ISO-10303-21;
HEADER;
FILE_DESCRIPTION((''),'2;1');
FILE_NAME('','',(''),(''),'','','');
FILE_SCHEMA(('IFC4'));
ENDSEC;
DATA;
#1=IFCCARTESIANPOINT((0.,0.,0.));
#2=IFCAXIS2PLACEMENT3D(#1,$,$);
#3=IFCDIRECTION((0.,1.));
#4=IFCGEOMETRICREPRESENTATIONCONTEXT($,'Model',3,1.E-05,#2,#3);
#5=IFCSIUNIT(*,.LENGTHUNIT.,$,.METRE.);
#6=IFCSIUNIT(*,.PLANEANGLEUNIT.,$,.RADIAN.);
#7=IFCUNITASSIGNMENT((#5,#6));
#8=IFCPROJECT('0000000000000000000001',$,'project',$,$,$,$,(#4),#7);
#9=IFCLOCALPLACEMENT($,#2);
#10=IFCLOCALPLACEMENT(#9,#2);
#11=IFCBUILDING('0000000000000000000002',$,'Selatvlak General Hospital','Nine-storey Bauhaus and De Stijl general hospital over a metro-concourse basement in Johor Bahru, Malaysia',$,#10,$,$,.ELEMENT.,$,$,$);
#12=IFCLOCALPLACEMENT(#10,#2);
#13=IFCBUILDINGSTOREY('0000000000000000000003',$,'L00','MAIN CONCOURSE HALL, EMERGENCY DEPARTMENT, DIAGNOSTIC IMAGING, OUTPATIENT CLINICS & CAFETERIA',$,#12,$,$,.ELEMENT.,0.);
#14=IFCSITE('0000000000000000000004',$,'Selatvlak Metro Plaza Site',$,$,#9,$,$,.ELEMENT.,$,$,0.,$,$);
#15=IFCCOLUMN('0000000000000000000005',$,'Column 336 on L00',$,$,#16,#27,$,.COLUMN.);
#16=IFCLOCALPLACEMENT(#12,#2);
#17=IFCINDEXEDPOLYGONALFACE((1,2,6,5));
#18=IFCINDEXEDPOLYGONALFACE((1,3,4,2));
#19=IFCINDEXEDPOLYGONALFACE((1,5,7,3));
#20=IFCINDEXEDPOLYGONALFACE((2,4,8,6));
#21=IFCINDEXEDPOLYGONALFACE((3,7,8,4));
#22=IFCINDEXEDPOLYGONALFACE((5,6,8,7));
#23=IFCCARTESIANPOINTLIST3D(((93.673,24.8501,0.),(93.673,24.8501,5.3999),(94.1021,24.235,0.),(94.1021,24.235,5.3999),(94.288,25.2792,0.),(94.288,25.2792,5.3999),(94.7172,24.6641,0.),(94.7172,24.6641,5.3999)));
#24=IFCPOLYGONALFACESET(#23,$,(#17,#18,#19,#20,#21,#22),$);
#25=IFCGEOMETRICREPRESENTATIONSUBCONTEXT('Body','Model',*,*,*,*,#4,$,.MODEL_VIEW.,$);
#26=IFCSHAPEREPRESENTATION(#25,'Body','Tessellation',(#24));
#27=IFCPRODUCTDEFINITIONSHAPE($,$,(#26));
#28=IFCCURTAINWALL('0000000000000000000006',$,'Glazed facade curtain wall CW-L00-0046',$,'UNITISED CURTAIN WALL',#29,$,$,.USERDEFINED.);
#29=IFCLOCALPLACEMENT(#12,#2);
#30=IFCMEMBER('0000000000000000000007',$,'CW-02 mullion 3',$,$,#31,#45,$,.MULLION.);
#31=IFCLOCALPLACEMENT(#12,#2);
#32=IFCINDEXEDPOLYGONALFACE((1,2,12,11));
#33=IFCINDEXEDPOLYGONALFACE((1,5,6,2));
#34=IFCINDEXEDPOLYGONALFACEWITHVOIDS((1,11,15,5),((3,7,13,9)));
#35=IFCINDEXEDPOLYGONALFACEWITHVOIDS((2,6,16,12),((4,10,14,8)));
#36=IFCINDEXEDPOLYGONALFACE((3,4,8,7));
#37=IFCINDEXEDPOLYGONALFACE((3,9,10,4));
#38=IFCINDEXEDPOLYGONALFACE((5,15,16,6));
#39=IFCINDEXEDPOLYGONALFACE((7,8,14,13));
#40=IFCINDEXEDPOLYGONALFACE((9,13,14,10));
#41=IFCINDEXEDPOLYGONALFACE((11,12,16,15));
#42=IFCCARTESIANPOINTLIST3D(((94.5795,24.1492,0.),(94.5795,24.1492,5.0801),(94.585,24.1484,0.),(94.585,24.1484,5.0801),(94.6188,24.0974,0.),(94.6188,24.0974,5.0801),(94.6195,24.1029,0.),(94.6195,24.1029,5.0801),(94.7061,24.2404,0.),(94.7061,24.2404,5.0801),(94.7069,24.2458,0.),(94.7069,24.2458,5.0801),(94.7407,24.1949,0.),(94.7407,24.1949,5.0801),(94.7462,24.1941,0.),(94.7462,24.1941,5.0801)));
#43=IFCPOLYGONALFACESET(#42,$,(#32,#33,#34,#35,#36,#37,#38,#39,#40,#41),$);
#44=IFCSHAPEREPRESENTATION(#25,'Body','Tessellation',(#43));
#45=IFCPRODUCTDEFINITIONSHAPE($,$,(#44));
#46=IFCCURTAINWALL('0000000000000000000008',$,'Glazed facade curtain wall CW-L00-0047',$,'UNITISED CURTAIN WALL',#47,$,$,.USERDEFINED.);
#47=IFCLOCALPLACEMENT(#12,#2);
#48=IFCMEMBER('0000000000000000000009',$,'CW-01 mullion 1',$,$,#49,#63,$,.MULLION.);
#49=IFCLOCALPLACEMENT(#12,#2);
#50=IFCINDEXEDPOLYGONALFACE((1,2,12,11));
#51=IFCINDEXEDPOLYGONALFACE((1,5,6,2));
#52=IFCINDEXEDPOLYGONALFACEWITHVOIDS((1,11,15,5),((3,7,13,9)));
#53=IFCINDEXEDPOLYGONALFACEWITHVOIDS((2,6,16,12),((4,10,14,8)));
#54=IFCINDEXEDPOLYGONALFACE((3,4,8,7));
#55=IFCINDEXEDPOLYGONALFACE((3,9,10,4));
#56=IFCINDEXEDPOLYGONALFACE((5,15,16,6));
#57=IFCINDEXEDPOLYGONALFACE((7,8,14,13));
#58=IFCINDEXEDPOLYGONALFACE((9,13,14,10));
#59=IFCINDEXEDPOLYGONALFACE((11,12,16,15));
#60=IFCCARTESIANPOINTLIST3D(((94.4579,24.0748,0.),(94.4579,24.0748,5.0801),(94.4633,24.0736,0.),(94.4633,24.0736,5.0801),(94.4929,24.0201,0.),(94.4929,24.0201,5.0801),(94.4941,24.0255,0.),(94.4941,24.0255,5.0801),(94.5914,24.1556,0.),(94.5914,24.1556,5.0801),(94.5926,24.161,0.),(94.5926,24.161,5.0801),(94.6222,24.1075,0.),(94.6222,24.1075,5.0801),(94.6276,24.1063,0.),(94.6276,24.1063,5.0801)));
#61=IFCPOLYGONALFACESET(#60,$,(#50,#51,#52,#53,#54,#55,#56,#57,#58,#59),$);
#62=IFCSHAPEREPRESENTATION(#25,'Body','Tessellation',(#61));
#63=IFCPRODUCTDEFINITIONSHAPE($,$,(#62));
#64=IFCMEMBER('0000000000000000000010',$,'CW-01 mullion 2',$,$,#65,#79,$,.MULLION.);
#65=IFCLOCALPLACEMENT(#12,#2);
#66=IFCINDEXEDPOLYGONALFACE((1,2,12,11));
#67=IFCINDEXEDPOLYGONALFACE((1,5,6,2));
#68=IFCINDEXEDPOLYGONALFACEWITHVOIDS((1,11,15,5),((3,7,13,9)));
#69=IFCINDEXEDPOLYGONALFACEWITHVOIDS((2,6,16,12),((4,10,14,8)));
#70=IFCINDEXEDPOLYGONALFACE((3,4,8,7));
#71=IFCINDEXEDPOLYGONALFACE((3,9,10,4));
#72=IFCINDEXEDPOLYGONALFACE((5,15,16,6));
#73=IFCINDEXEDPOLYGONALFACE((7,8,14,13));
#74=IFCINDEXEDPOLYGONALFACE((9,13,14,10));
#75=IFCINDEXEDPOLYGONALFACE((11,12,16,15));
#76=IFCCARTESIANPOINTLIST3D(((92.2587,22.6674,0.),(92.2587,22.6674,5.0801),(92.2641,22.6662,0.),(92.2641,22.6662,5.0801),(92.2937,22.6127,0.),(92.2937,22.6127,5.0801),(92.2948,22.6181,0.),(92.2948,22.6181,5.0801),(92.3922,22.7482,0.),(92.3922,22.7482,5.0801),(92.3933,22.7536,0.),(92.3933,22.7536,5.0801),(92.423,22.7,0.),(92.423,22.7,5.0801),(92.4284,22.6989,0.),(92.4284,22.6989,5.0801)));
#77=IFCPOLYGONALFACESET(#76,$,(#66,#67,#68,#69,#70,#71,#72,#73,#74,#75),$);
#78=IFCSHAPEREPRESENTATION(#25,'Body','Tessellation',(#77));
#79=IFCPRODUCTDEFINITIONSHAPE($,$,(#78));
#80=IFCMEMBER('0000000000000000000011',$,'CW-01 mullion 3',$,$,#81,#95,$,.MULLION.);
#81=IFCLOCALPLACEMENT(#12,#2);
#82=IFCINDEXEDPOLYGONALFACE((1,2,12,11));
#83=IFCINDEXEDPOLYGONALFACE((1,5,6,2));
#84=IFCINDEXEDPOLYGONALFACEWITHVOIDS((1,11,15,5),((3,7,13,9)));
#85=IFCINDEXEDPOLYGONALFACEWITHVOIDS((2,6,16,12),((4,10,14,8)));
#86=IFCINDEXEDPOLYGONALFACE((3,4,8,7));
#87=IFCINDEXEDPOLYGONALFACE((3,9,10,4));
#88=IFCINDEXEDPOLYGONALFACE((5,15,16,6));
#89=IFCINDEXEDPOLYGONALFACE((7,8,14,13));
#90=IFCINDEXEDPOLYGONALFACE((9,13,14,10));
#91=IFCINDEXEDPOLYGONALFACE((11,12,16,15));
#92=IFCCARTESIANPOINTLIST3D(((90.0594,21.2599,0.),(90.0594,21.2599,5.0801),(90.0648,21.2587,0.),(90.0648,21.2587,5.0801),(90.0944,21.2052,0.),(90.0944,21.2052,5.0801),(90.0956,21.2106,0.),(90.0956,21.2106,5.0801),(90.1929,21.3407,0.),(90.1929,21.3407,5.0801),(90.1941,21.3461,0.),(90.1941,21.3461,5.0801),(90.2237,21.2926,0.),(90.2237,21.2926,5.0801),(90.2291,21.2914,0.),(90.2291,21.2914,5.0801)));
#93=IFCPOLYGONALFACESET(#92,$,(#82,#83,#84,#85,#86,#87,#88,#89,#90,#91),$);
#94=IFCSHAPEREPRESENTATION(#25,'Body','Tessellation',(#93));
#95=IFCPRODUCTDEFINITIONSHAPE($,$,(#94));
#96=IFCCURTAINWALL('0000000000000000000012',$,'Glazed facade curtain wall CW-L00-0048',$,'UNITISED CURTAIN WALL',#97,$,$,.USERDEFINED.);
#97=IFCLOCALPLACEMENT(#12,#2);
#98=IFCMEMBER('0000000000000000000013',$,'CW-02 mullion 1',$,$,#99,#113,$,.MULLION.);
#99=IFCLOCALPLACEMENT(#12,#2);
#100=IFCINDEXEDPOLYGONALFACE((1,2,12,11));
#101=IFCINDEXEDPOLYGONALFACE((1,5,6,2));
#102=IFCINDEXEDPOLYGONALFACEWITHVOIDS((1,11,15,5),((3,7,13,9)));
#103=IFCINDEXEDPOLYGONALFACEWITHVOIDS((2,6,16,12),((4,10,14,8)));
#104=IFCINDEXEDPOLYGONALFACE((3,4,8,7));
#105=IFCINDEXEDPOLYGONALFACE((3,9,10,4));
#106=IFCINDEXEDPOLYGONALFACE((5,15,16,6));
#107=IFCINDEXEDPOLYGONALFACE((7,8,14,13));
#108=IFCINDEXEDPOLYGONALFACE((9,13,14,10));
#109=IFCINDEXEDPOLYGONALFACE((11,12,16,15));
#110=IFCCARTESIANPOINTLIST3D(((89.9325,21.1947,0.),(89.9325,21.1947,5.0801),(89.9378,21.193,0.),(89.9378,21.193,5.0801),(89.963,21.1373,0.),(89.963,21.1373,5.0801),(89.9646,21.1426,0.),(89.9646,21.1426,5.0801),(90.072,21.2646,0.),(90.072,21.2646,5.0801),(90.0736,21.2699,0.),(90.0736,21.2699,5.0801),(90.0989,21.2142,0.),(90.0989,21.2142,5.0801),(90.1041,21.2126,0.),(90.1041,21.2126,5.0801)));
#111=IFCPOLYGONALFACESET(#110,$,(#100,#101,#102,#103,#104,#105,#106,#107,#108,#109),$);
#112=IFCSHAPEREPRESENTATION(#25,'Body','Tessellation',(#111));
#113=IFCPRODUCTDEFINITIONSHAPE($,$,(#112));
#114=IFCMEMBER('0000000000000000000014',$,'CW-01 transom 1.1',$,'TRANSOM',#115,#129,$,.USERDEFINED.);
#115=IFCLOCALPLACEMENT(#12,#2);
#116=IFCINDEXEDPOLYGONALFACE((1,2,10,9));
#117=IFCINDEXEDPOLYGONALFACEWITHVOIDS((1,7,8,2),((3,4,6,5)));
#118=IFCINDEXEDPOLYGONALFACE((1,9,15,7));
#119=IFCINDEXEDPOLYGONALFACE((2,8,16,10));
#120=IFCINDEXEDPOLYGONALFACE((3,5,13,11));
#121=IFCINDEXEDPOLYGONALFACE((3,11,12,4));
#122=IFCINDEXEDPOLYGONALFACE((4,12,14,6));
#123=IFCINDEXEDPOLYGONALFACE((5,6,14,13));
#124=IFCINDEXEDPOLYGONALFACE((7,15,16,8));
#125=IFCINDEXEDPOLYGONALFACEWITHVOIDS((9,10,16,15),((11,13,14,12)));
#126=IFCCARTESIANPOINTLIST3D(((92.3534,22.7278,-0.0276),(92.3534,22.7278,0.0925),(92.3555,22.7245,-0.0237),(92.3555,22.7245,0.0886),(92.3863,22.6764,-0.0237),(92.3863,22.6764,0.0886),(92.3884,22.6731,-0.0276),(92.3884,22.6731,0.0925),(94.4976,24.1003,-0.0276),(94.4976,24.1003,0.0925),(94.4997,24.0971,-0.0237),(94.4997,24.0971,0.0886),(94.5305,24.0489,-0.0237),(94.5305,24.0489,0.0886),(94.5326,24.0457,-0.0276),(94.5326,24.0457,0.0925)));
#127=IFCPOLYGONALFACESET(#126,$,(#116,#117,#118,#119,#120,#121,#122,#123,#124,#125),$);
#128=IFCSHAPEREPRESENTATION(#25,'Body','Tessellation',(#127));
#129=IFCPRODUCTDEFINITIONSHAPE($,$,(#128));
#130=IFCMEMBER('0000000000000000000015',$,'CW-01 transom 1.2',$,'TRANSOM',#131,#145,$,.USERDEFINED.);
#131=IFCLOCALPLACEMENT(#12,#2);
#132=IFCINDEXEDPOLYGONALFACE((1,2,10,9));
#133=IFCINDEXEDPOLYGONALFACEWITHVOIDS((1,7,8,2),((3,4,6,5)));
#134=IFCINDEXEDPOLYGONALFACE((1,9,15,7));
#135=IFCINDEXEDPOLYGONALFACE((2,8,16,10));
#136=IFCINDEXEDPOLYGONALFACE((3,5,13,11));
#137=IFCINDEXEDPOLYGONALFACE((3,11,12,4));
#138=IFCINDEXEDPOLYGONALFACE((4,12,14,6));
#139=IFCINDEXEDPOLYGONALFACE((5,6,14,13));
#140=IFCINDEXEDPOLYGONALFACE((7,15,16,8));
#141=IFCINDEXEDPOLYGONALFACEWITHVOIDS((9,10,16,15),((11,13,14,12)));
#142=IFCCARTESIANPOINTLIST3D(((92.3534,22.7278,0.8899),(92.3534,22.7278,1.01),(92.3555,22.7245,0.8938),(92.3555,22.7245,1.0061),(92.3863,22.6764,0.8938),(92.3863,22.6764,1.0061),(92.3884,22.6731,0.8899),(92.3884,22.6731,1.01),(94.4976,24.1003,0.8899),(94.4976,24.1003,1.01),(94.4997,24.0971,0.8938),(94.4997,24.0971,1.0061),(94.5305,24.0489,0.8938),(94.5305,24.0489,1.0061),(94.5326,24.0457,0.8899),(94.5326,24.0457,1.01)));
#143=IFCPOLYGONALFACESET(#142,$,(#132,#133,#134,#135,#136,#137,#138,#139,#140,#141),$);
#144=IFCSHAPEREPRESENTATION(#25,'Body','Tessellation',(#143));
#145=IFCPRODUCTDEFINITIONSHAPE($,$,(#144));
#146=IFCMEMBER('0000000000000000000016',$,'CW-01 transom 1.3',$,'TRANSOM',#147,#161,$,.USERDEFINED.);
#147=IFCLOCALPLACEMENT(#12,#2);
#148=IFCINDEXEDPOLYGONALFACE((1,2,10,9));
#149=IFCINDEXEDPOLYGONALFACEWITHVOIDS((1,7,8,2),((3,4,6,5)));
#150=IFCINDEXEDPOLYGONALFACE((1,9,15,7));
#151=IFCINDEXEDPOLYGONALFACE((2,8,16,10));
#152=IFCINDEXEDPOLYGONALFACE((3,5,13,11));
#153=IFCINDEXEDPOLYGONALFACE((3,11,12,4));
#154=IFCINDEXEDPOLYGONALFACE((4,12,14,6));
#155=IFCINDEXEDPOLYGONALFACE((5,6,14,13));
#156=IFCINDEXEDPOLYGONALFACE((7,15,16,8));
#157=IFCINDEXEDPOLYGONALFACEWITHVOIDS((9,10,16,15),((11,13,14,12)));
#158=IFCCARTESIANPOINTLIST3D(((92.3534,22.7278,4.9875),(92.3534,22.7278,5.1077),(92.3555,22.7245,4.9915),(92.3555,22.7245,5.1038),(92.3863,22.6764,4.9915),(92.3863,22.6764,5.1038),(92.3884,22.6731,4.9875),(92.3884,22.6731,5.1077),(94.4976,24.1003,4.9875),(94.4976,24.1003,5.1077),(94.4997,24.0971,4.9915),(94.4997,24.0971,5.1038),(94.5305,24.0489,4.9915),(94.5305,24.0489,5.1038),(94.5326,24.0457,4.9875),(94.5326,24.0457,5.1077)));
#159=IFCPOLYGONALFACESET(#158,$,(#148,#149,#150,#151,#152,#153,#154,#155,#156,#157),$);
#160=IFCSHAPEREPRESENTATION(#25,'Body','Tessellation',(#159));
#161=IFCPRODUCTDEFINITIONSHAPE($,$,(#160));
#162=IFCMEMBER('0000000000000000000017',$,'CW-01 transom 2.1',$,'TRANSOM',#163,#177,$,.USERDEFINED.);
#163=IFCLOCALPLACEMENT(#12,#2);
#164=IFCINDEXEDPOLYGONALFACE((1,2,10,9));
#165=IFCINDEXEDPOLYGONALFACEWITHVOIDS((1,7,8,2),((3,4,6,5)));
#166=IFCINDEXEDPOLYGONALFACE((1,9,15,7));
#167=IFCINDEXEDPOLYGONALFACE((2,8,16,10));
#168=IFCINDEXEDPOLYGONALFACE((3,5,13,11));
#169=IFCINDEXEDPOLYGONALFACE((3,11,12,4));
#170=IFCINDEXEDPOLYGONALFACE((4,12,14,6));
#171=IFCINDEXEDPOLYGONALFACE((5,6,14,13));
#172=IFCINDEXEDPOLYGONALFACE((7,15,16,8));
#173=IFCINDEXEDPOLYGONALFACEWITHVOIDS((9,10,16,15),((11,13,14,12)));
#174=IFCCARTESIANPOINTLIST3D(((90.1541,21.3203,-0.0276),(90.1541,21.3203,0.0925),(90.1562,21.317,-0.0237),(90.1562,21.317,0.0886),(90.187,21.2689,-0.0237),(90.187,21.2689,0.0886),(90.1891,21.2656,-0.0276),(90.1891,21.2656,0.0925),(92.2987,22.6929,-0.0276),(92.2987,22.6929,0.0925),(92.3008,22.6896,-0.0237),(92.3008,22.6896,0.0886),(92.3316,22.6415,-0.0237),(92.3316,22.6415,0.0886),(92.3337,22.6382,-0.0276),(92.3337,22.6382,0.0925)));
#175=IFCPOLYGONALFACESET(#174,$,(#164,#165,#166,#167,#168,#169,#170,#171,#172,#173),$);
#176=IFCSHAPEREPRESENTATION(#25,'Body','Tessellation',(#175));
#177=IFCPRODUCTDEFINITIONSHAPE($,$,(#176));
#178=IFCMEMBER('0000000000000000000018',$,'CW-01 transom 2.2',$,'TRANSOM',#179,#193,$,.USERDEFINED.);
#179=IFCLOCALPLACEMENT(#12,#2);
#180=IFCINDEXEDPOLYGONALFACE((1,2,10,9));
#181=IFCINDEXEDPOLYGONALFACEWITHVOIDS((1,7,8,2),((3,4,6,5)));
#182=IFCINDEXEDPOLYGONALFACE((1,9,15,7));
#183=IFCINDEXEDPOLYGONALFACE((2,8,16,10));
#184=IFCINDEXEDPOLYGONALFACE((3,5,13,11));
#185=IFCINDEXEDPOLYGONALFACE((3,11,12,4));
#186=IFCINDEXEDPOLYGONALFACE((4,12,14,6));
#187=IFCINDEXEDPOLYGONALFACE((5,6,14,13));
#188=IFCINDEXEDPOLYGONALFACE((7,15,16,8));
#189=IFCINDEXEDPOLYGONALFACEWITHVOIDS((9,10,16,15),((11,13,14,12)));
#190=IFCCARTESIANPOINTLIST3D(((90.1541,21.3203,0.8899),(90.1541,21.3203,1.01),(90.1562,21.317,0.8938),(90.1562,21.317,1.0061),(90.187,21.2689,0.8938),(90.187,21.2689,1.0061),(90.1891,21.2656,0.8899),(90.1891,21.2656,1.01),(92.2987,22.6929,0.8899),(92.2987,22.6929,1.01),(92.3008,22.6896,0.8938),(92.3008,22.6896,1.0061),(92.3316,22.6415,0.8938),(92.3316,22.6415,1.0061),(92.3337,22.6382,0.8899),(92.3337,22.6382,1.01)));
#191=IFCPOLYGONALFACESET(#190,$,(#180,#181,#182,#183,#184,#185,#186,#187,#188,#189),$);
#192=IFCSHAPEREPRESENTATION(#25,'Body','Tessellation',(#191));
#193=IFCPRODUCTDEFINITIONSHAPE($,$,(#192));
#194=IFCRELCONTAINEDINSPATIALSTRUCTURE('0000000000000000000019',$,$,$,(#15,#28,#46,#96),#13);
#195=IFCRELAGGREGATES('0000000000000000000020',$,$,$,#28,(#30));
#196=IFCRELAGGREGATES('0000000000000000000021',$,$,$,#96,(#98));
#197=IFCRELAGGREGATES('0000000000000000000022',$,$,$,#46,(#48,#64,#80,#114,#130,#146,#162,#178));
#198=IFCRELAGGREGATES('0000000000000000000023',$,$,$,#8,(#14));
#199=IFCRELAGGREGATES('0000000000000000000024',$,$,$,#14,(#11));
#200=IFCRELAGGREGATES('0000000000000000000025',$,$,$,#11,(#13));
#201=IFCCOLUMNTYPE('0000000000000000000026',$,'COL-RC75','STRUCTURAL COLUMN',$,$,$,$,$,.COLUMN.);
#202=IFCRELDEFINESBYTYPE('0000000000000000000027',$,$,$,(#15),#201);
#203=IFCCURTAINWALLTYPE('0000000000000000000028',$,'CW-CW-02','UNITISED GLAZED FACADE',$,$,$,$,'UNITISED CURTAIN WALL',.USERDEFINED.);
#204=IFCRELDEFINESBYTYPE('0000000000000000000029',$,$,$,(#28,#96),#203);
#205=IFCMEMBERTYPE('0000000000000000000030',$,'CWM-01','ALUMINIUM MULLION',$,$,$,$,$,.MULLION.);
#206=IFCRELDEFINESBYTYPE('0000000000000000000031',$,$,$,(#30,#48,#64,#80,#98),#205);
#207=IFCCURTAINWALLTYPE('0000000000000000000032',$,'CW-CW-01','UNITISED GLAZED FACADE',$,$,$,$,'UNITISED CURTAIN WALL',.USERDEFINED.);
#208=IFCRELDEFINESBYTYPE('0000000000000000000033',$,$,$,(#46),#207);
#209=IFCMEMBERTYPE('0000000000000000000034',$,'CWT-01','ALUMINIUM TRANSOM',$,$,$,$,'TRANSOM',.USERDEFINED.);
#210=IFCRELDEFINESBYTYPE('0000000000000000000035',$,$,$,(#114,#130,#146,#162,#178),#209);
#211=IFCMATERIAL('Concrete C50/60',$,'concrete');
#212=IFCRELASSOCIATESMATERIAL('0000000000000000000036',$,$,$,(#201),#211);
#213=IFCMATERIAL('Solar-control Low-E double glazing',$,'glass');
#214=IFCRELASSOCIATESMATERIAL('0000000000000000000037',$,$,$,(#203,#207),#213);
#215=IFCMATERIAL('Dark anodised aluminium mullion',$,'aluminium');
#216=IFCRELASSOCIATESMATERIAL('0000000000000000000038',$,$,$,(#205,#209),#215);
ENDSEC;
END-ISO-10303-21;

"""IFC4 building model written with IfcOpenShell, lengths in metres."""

from ifc_helpers import new_model, si_unit, direction, frame, origin, origin_2d, place, context, subcontext, project, spatial, rectangle, hollow_rectangle, extrude, material, material_profile, profile_set, type_object, element, aggregate, save


model = new_model("IFC4")

# Units and contexts
model_context = context("Model", 3, precision=1e-05, world=origin(), true_north=direction((0.0, 1.0)))
body_context = subcontext(model_context, "Body", "Model", "MODEL_VIEW")
ifc_project = project(units=[si_unit("LENGTHUNIT", "METRE"), si_unit("PLANEANGLEUNIT", "RADIAN")], contexts=[model_context])

# Site, building, storey
site_placement = place(None, origin())
site = spatial("IfcSite", under=ifc_project, at=site_placement, Name="Selatvlak Metro Plaza Site", CompositionType="ELEMENT", RefElevation=0.0)
building_placement = place(site_placement, origin())
building = spatial("IfcBuilding", under=site, at=building_placement, Name="Selatvlak General Hospital", Description="Nine-storey Bauhaus and De Stijl general hospital over a metro-concourse basement in Johor Bahru, Malaysia", CompositionType="ELEMENT")
storey_placement = place(building_placement, origin())
storey = spatial("IfcBuildingStorey", under=building, at=storey_placement, Name="L00", Description="MAIN CONCOURSE HALL, EMERGENCY DEPARTMENT, DIAGNOSTIC IMAGING, OUTPATIENT CLINICS & CAFETERIA", CompositionType="ELEMENT", Elevation=0.0)

# Column
ifc_material_1 = material(Name="Concrete C50/60", Category="concrete")
ifc_material_profile_1 = material_profile(ifc_material_1, rectangle(XDim=0.75, YDim=0.75, at=origin_2d()), Name="RC-COL 750x750")
ifc_profile_set_1 = profile_set([ifc_material_profile_1], Name="Concrete C50/60")
column_type = type_object("IfcColumnType", Name="COL-RC75", Description="STRUCTURAL COLUMN", PredefinedType="COLUMN", material=ifc_profile_set_1)
column_placement = place(storey_placement, frame((94.1951, 24.7571, 0.0), z_axis=(0.0, 0.0, 1.0), x_axis=(-0.572189, 0.820122, 0.0)))
element("IfcColumn", 1, at=column_placement, inside=storey, type_object=column_type, Name="Column 336 on L00", PredefinedType="COLUMN", context=body_context, shape_type="SweptSolid", body=[
    extrude(rectangle(XDim=0.75, YDim=0.75, at=origin_2d()), origin(), (0.0, 0.0, 1.0), 5.3999),
])

# Curtain wall, member
ifc_material_2 = material(Name="Solar-control Low-E double glazing", Category="glass")
curtain_wall_type_1 = type_object("IfcCurtainWallType", Name="CW-CW-02", Description="UNITISED GLAZED FACADE", ElementType="UNITISED CURTAIN WALL", PredefinedType="USERDEFINED", material=ifc_material_2)
curtain_wall_1_placement = place(storey_placement, origin())
curtain_wall_1 = element("IfcCurtainWall", 2, at=curtain_wall_1_placement, inside=storey, type_object=curtain_wall_type_1, Name="Glazed facade curtain wall CW-L00-0046", ObjectType="UNITISED CURTAIN WALL", PredefinedType="USERDEFINED")
ifc_material_3 = material(Name="Dark anodised aluminium mullion", Category="aluminium")
ifc_material_profile_2 = material_profile(ifc_material_3, hollow_rectangle(XDim=0.0649, YDim=0.1599, WallThickness=0.0039, at=origin_2d()), Name="AL-MUL 65x160x4")
ifc_profile_set_2 = profile_set([ifc_material_profile_2], Name="Dark anodised aluminium mullion")
member_type_1 = type_object("IfcMemberType", Name="CWM-01", Description="ALUMINIUM MULLION", PredefinedType="MULLION", material=ifc_profile_set_2)
member_1_placement = place(storey_placement, frame((94.6628, 24.1716, 0.0), z_axis=(0.0, 0.0, 1.0), x_axis=(0.604589, -0.796537, 0.0)))
member_1 = element("IfcMember", 3, at=member_1_placement, type_object=member_type_1, Name="CW-02 mullion 3", PredefinedType="MULLION", context=body_context, shape_type="SweptSolid", body=[
    extrude(hollow_rectangle(XDim=0.0649, YDim=0.1599, WallThickness=0.0039, at=origin_2d()), origin(), (0.0, 0.0, 1.0), 5.0801),
])
aggregate(curtain_wall_1, [member_1])

# Curtain wall, members
curtain_wall_type_2 = type_object("IfcCurtainWallType", Name="CW-CW-01", Description="UNITISED GLAZED FACADE", ElementType="UNITISED CURTAIN WALL", PredefinedType="USERDEFINED", material=ifc_material_2)
curtain_wall_2_placement = place(storey_placement, origin())
curtain_wall_2 = element("IfcCurtainWall", 4, at=curtain_wall_2_placement, inside=storey, type_object=curtain_wall_type_2, Name="Glazed facade curtain wall CW-L00-0047", ObjectType="UNITISED CURTAIN WALL", PredefinedType="USERDEFINED")
member_2_placement = place(storey_placement, frame((94.5427, 24.0906, 0.0), z_axis=(0.0, 0.0, 1.0), x_axis=(0.539064, -0.842265, 0.0)))
member_2 = element("IfcMember", 5, at=member_2_placement, type_object=member_type_1, Name="CW-01 mullion 1", PredefinedType="MULLION", context=body_context, shape_type="SweptSolid", body=[
    extrude(hollow_rectangle(XDim=0.0649, YDim=0.1599, WallThickness=0.0039, at=origin_2d()), origin(), (0.0, 0.0, 1.0), 5.0801),
])
member_3_placement = place(storey_placement, frame((92.3435, 22.6831, 0.0), z_axis=(0.0, 0.0, 1.0), x_axis=(0.539064, -0.842265, 0.0)))
member_3 = element("IfcMember", 6, at=member_3_placement, type_object=member_type_1, Name="CW-01 mullion 2", PredefinedType="MULLION", context=body_context, shape_type="SweptSolid", body=[
    extrude(hollow_rectangle(XDim=0.0649, YDim=0.1599, WallThickness=0.0039, at=origin_2d()), origin(), (0.0, 0.0, 1.0), 5.0801),
])
member_4_placement = place(storey_placement, frame((90.1443, 21.2756, 0.0), z_axis=(0.0, 0.0, 1.0), x_axis=(0.539064, -0.842265, 0.0)))
member_4 = element("IfcMember", 7, at=member_4_placement, type_object=member_type_1, Name="CW-01 mullion 3", PredefinedType="MULLION", context=body_context, shape_type="SweptSolid", body=[
    extrude(hollow_rectangle(XDim=0.0649, YDim=0.1599, WallThickness=0.0039, at=origin_2d()), origin(), (0.0, 0.0, 1.0), 5.0801),
])

# Curtain wall, member
curtain_wall_3_placement = place(storey_placement, origin())
curtain_wall_3 = element("IfcCurtainWall", 8, at=curtain_wall_3_placement, inside=storey, type_object=curtain_wall_type_1, Name="Glazed facade curtain wall CW-L00-0048", ObjectType="UNITISED CURTAIN WALL", PredefinedType="USERDEFINED")
member_5_placement = place(storey_placement, frame((90.0183, 21.2036, 0.0), z_axis=(0.0, 0.0, 1.0), x_axis=(0.470451, -0.882426, 0.0)))
member_5 = element("IfcMember", 9, at=member_5_placement, type_object=member_type_1, Name="CW-02 mullion 1", PredefinedType="MULLION", context=body_context, shape_type="SweptSolid", body=[
    extrude(hollow_rectangle(XDim=0.0649, YDim=0.1599, WallThickness=0.0039, at=origin_2d()), origin(), (0.0, 0.0, 1.0), 5.0801),
])

# Members
ifc_material_profile_3 = material_profile(ifc_material_3, hollow_rectangle(XDim=0.0649, YDim=0.1201, WallThickness=0.0039, at=origin_2d()), Name="AL-TRN 65x120x4")
ifc_profile_set_3 = profile_set([ifc_material_profile_3], Name="Dark anodised aluminium mullion")
member_type_2 = type_object("IfcMemberType", Name="CWT-01", Description="ALUMINIUM TRANSOM", ElementType="TRANSOM", PredefinedType="USERDEFINED", material=ifc_profile_set_3)
member_6_placement = place(storey_placement, frame((94.5151, 24.073, 0.0325), z_axis=(-0.842233, -0.539114, 0.0), x_axis=(0.539114, -0.842233, 0.0)))
member_6 = element("IfcMember", 10, at=member_6_placement, type_object=member_type_2, Name="CW-01 transom 1.1", ObjectType="TRANSOM", PredefinedType="USERDEFINED", context=body_context, shape_type="SweptSolid", body=[
    extrude(hollow_rectangle(XDim=0.0649, YDim=0.1201, WallThickness=0.0039, at=origin_2d()), origin(), (0.0, 0.0, 1.0), 2.5459),
])
member_7_placement = place(storey_placement, frame((94.5151, 24.073, 0.95), z_axis=(-0.842233, -0.539114, 0.0), x_axis=(0.539114, -0.842233, 0.0)))
member_7 = element("IfcMember", 11, at=member_7_placement, type_object=member_type_2, Name="CW-01 transom 1.2", ObjectType="TRANSOM", PredefinedType="USERDEFINED", context=body_context, shape_type="SweptSolid", body=[
    extrude(hollow_rectangle(XDim=0.0649, YDim=0.1201, WallThickness=0.0039, at=origin_2d()), origin(), (0.0, 0.0, 1.0), 2.5459),
])
member_8_placement = place(storey_placement, frame((94.5151, 24.073, 5.0476), z_axis=(-0.842233, -0.539114, 0.0), x_axis=(0.539114, -0.842233, 0.0)))
member_8 = element("IfcMember", 12, at=member_8_placement, type_object=member_type_2, Name="CW-01 transom 1.3", ObjectType="TRANSOM", PredefinedType="USERDEFINED", context=body_context, shape_type="SweptSolid", body=[
    extrude(hollow_rectangle(XDim=0.0649, YDim=0.1201, WallThickness=0.0039, at=origin_2d()), origin(), (0.0, 0.0, 1.0), 2.5459),
])
member_9_placement = place(storey_placement, frame((92.3162, 22.6655, 0.0325), z_axis=(-0.842261, -0.53907, 0.0), x_axis=(0.53907, -0.842261, 0.0)))
member_9 = element("IfcMember", 13, at=member_9_placement, type_object=member_type_2, Name="CW-01 transom 2.1", ObjectType="TRANSOM", PredefinedType="USERDEFINED", context=body_context, shape_type="SweptSolid", body=[
    extrude(hollow_rectangle(XDim=0.0649, YDim=0.1201, WallThickness=0.0039, at=origin_2d()), origin(), (0.0, 0.0, 1.0), 2.5461),
])
member_10_placement = place(storey_placement, frame((92.3162, 22.6655, 0.95), z_axis=(-0.842261, -0.53907, 0.0), x_axis=(0.53907, -0.842261, 0.0)))
member_10 = element("IfcMember", 14, at=member_10_placement, type_object=member_type_2, Name="CW-01 transom 2.2", ObjectType="TRANSOM", PredefinedType="USERDEFINED", context=body_context, shape_type="SweptSolid", body=[
    extrude(hollow_rectangle(XDim=0.0649, YDim=0.1201, WallThickness=0.0039, at=origin_2d()), origin(), (0.0, 0.0, 1.0), 2.5461),
])
aggregate(curtain_wall_3, [member_5])

aggregate(curtain_wall_2, [member_2, member_3, member_4, member_6, member_7, member_8, member_9, member_10])

save(model, "model.ifc")
